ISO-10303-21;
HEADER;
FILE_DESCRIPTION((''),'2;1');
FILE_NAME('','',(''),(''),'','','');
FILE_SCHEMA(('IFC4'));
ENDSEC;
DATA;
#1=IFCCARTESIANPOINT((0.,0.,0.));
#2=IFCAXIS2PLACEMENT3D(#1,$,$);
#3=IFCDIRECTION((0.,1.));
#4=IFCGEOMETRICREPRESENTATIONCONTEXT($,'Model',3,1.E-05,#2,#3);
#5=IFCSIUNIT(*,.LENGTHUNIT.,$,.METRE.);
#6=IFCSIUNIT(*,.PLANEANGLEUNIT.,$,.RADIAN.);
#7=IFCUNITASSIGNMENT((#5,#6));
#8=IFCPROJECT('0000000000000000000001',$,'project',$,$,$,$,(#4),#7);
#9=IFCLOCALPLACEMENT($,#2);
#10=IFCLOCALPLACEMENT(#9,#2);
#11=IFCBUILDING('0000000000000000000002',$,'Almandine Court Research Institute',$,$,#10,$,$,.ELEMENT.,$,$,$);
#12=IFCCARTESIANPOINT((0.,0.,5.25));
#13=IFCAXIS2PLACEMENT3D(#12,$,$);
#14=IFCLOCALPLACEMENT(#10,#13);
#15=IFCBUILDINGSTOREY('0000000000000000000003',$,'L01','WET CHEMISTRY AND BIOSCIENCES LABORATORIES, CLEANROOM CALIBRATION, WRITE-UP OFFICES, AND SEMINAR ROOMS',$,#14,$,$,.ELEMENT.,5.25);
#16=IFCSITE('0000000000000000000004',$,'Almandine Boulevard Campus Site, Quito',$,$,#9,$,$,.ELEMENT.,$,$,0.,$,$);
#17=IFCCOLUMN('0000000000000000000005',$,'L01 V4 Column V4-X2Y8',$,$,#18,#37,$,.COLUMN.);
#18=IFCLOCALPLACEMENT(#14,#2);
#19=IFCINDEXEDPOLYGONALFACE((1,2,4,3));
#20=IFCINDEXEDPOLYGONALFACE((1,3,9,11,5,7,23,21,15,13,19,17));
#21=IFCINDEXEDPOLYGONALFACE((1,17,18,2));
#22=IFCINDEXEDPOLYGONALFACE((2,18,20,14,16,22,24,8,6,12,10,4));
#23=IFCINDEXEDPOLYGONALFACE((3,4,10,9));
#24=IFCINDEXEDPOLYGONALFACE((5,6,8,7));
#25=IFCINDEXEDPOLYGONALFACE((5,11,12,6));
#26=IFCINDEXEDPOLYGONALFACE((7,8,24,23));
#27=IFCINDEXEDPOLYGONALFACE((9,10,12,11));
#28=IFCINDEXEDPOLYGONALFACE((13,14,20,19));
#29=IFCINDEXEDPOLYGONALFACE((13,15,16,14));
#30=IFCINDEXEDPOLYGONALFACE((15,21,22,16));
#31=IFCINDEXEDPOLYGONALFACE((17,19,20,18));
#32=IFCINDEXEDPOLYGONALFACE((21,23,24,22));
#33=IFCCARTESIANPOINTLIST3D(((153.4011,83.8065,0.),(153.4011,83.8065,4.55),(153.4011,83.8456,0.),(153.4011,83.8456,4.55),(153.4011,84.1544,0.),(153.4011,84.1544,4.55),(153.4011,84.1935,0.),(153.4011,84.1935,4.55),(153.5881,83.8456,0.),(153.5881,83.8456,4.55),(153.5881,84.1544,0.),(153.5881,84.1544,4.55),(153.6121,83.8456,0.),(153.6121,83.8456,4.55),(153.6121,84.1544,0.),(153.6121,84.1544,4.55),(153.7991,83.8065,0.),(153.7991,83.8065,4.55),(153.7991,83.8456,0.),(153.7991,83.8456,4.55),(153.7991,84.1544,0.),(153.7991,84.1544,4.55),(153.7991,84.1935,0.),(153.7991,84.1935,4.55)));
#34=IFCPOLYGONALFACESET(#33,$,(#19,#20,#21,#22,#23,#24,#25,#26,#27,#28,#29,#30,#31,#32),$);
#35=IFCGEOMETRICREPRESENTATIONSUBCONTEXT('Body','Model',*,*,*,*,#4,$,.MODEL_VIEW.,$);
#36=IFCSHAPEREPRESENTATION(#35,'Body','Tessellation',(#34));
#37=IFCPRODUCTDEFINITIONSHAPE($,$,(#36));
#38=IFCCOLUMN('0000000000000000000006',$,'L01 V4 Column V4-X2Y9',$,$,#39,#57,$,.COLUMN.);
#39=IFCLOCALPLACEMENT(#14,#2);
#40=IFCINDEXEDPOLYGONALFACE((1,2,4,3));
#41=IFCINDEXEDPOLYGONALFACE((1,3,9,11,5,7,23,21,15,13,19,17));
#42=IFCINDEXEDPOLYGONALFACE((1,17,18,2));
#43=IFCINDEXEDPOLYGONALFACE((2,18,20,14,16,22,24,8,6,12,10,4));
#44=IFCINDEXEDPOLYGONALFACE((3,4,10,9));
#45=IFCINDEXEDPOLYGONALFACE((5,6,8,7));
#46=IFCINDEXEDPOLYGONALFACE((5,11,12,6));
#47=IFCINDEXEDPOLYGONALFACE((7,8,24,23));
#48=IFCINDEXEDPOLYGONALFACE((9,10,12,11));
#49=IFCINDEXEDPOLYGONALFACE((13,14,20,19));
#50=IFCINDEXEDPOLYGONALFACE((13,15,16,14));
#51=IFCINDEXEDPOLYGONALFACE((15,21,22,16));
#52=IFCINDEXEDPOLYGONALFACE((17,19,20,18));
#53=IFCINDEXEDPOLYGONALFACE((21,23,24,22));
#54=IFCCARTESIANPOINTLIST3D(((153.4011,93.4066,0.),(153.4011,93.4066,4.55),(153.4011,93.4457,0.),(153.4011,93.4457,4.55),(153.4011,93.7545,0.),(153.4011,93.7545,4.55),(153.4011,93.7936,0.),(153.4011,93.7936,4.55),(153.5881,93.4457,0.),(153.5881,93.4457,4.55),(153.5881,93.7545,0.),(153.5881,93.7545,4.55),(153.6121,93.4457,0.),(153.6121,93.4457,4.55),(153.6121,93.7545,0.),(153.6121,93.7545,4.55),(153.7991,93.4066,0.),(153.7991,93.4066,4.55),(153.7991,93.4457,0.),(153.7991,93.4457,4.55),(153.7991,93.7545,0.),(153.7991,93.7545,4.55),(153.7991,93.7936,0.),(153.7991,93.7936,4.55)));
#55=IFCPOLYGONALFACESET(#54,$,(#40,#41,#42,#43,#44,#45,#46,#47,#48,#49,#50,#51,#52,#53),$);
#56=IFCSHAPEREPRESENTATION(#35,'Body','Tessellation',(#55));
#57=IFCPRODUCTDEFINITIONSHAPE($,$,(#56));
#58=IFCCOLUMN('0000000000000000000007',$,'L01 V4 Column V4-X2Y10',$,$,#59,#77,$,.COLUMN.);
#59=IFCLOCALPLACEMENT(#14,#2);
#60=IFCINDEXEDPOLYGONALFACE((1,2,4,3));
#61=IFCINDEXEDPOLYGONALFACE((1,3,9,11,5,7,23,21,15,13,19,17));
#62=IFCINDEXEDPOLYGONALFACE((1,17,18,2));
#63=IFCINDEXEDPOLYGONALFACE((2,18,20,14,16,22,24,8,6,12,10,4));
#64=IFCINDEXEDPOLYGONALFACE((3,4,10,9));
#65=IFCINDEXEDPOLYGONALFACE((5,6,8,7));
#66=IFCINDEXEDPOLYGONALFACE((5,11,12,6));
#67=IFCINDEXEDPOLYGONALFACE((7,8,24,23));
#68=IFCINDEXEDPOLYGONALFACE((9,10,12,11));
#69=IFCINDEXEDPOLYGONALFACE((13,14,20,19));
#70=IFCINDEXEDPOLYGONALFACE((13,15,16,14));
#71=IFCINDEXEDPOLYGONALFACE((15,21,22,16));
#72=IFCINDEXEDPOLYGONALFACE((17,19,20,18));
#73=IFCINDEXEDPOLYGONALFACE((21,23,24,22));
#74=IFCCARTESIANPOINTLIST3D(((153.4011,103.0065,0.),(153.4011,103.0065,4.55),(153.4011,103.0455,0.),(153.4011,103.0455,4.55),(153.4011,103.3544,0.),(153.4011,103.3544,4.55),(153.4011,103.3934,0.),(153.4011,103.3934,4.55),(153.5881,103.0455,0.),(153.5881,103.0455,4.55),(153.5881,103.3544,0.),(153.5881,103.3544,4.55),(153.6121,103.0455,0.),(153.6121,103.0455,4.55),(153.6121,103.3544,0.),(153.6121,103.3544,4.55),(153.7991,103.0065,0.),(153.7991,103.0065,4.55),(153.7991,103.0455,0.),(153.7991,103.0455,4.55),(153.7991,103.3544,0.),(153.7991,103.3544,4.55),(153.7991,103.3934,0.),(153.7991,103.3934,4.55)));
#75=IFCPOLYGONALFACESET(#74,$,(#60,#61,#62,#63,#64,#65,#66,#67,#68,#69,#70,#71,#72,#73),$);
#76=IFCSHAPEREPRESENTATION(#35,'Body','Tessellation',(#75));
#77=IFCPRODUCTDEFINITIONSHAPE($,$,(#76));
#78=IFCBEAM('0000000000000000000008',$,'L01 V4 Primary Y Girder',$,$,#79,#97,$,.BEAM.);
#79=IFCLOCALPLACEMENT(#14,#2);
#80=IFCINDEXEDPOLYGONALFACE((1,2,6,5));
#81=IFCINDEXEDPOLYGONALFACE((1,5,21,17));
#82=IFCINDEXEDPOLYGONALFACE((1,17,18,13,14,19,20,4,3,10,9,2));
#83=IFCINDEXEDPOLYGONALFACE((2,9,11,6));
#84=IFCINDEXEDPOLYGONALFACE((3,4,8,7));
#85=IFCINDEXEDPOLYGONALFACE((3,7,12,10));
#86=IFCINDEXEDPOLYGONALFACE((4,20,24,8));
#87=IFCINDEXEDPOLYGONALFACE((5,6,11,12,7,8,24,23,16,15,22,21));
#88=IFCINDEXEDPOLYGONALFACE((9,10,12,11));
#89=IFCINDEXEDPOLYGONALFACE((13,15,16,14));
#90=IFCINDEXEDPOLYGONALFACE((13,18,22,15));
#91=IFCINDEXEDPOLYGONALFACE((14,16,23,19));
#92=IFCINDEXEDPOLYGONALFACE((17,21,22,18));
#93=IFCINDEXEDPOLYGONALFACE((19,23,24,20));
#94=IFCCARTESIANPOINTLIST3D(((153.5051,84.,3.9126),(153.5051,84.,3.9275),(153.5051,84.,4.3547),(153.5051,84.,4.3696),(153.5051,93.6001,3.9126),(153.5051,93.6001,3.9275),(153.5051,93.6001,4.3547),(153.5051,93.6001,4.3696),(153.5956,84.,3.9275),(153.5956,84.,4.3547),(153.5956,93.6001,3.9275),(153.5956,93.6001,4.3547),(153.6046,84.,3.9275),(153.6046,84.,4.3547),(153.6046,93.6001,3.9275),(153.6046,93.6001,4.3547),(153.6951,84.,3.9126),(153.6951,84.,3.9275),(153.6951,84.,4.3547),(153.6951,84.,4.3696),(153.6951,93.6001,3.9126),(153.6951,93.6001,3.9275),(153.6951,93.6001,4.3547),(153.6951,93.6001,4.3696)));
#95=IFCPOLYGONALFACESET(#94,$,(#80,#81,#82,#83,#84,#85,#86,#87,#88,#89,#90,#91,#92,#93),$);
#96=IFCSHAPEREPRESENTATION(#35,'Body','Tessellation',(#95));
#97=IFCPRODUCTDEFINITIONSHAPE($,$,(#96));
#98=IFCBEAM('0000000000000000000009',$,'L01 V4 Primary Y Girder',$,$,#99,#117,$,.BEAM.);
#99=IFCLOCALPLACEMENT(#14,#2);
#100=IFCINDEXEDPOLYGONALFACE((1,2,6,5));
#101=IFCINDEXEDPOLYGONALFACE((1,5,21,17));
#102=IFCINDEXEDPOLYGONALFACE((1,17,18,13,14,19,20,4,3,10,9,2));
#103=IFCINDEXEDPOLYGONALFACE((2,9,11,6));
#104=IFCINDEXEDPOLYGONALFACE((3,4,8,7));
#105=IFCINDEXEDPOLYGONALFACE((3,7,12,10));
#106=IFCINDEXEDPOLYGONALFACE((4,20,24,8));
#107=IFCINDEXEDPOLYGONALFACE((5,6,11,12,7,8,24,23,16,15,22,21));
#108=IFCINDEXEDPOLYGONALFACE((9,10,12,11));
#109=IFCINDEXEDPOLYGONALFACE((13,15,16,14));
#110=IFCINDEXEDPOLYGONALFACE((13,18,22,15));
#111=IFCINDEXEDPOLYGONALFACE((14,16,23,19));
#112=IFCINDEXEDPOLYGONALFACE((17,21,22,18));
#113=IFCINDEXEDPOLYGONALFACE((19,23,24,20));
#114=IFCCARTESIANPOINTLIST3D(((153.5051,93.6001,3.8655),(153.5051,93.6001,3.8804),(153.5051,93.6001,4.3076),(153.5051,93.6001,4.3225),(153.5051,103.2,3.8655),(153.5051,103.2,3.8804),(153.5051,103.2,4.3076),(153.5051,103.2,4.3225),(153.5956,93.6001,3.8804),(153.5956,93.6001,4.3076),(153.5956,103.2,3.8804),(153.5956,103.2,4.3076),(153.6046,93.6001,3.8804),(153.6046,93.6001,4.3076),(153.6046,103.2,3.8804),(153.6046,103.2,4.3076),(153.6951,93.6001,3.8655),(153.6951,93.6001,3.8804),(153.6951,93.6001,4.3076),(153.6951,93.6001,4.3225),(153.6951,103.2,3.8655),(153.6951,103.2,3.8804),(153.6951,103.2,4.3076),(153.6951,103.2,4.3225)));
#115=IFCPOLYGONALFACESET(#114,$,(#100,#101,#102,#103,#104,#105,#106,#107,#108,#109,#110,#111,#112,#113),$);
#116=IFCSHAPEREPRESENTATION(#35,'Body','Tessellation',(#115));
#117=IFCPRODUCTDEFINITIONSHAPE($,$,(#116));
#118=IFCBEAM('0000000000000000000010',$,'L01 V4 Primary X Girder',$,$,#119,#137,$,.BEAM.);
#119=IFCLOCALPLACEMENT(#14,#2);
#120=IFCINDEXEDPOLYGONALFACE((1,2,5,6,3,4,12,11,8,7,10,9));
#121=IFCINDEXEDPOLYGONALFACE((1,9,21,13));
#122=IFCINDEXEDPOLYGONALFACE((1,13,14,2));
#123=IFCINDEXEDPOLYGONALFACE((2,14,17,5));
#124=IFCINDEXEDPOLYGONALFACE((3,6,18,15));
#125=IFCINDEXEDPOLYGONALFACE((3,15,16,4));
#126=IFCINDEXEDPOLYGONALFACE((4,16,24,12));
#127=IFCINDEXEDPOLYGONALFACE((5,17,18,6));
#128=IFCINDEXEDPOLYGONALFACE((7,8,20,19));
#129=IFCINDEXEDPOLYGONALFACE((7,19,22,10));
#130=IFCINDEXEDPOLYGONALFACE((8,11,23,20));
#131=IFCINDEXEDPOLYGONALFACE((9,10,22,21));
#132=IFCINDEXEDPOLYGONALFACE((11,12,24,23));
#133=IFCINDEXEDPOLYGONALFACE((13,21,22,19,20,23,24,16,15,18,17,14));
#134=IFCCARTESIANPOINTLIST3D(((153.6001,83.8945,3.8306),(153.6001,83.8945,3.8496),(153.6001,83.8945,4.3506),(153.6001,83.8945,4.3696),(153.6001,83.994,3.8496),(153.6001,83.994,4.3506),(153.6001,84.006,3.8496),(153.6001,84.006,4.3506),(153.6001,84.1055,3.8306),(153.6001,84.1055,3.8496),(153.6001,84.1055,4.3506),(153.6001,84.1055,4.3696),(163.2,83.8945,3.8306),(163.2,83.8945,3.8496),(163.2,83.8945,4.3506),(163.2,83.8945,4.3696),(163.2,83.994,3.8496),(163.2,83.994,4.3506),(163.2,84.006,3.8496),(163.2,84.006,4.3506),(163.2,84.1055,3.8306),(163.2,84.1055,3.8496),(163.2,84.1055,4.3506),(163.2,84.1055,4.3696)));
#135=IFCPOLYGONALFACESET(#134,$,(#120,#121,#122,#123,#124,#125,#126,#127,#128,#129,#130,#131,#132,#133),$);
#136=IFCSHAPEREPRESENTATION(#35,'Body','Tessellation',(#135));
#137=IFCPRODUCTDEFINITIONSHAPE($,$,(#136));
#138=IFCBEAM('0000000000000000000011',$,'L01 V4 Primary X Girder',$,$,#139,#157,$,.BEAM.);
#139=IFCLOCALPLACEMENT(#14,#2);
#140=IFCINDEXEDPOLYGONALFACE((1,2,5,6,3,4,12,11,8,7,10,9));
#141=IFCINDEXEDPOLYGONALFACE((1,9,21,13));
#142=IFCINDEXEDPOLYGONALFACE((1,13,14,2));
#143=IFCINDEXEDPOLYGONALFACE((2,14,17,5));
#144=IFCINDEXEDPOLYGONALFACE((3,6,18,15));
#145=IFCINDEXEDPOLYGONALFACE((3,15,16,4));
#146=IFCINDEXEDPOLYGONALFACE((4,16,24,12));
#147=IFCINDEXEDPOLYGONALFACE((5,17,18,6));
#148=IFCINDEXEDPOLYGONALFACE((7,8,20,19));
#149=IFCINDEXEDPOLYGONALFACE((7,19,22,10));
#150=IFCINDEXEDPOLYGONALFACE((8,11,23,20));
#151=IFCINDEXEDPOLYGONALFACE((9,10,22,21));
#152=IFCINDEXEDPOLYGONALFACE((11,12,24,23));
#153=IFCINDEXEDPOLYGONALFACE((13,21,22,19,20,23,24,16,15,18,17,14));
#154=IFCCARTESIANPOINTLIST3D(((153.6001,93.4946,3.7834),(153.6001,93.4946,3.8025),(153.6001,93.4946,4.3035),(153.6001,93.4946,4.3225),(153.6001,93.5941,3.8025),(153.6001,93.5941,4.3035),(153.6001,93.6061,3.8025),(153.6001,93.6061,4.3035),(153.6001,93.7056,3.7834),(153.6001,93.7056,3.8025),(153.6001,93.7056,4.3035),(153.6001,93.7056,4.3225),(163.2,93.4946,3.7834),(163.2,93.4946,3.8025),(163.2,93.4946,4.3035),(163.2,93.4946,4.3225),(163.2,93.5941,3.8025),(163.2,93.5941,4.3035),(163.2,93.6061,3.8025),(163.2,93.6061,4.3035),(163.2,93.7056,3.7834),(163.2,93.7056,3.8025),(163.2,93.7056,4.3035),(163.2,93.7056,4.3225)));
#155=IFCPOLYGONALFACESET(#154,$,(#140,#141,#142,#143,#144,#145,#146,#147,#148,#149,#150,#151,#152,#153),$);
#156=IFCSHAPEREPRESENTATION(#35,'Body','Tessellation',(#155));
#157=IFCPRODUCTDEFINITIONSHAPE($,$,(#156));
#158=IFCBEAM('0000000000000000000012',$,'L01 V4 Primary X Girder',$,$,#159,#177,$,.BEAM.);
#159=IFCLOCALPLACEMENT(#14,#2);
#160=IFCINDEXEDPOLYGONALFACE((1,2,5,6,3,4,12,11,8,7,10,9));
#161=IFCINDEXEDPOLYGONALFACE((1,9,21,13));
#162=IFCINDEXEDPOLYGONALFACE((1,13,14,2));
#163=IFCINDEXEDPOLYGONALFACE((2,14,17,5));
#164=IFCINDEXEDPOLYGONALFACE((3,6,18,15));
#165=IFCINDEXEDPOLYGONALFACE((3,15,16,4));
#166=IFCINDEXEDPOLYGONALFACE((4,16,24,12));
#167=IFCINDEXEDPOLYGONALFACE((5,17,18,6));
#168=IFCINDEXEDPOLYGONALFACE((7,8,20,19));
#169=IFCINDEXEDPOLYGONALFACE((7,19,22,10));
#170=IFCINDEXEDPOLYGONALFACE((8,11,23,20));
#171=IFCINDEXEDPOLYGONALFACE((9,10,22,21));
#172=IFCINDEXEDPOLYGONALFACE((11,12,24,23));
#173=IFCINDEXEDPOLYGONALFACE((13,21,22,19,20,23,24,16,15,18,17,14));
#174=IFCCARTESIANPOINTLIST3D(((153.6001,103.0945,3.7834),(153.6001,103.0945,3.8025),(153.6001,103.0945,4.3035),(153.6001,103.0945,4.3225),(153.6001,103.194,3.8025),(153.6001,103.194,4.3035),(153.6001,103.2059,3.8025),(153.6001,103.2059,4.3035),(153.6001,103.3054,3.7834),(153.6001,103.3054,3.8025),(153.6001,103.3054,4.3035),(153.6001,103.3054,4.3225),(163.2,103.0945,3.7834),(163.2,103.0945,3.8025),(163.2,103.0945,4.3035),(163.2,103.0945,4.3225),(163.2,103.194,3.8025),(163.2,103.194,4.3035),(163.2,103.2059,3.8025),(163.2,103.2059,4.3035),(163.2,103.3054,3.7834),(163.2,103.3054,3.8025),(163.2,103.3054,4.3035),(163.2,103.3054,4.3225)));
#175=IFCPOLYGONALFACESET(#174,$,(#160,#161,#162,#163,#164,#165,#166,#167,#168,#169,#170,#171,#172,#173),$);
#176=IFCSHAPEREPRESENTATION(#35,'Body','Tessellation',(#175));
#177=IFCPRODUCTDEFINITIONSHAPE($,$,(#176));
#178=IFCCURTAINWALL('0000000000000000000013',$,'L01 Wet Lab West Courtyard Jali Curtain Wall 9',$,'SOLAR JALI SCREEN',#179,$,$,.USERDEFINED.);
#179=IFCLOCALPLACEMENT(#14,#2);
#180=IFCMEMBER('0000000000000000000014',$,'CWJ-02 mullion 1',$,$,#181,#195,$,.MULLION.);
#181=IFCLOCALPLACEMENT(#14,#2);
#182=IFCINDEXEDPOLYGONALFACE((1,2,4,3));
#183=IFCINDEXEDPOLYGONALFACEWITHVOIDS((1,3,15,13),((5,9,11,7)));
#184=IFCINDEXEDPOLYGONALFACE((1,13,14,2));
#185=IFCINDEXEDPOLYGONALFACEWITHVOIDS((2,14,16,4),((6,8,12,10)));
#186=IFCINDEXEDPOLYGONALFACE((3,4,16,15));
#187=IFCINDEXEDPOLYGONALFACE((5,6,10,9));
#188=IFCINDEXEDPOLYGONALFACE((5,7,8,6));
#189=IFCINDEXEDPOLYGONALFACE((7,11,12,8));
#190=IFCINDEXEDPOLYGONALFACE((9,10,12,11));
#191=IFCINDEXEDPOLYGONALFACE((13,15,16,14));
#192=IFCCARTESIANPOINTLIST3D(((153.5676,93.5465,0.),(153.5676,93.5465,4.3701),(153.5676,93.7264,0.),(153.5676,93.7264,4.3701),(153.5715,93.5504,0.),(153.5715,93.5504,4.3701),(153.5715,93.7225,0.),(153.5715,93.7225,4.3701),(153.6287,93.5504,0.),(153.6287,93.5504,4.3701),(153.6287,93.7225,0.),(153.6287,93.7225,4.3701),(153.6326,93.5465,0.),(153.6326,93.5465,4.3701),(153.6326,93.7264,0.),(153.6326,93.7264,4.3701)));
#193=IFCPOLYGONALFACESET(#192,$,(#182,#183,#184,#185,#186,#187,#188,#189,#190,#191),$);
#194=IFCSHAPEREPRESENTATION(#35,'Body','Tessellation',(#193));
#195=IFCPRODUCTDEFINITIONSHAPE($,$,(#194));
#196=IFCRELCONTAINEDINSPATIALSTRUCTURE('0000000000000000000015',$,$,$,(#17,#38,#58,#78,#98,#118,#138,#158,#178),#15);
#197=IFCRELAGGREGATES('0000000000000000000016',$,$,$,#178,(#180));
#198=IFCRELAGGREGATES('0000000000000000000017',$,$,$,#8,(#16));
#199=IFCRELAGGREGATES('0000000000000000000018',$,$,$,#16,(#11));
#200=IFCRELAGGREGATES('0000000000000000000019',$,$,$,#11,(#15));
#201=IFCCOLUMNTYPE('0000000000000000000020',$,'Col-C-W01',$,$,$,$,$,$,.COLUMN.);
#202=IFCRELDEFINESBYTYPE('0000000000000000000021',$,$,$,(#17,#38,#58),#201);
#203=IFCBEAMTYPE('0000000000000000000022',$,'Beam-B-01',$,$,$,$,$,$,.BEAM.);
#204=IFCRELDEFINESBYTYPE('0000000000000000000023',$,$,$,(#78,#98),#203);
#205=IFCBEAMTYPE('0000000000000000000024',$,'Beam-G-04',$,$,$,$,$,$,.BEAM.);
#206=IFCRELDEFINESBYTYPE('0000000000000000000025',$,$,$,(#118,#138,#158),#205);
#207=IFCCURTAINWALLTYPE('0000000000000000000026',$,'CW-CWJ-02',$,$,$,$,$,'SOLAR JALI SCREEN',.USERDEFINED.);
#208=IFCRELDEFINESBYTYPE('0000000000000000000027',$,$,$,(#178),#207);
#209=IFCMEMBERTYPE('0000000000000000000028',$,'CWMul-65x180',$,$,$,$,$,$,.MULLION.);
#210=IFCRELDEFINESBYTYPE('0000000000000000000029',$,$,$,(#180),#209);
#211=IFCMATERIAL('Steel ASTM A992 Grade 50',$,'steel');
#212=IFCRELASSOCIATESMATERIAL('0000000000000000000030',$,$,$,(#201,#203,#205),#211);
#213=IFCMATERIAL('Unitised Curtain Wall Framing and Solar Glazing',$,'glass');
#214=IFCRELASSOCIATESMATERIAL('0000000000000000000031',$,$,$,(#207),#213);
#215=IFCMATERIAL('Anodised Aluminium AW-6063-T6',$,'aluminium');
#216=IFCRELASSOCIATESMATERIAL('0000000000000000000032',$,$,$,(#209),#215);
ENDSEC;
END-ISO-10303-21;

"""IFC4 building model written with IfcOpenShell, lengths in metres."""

from ifc_helpers import new_model, si_unit, direction, frame, origin, origin_2d, place, context, subcontext, project, spatial, hollow_rectangle, i_section, extrude, material, material_profile, profile_set, type_object, element, aggregate, save


model = new_model("IFC4")

# Units and contexts
model_context = context("Model", 3, precision=1e-05, world=origin(), true_north=direction((0.0, 1.0)))
body_context = subcontext(model_context, "Body", "Model", "MODEL_VIEW")
ifc_project = project(units=[si_unit("LENGTHUNIT", "METRE"), si_unit("PLANEANGLEUNIT", "RADIAN")], contexts=[model_context])

# Site, building, storey
site_placement = place(None, origin())
site = spatial("IfcSite", under=ifc_project, at=site_placement, Name="Almandine Boulevard Campus Site, Quito", CompositionType="ELEMENT", RefElevation=0.0)
building_placement = place(site_placement, origin())
building = spatial("IfcBuilding", under=site, at=building_placement, Name="Almandine Court Research Institute", CompositionType="ELEMENT")
storey_placement = place(building_placement, frame((0.0, 0.0, 5.25)))
storey = spatial("IfcBuildingStorey", under=building, at=storey_placement, Name="L01", Description="WET CHEMISTRY AND BIOSCIENCES LABORATORIES, CLEANROOM CALIBRATION, WRITE-UP OFFICES, AND SEMINAR ROOMS", CompositionType="ELEMENT", Elevation=5.25)

# Columns
ifc_material_1 = material(Name="Steel ASTM A992 Grade 50", Category="steel")
ifc_material_profile_1 = material_profile(ifc_material_1, i_section(OverallWidth=0.3979, OverallDepth=0.387, WebThickness=0.0239, FlangeThickness=0.0391, at=origin_2d()), Name="W360x262")
ifc_profile_set_1 = profile_set([ifc_material_profile_1], Name="Steel ASTM A992 Grade 50")
column_type = type_object("IfcColumnType", Name="Col-C-W01", PredefinedType="COLUMN", material=ifc_profile_set_1)
for number, where, z_axis, x_axis, name in (
    (1, (153.6001, 84.0, 0.0), (0.0, 0.0, 1.0), (1.0, 0.0, 0.0), "L01 V4 Column V4-X2Y8"),
    (2, (153.6001, 93.6001, 0.0), (0.0, 0.0, 1.0), (1.0, 0.0, 0.0), "L01 V4 Column V4-X2Y9"),
    (3, (153.6001, 103.2, 0.0), (0.0, 0.0, 1.0), (1.0, 0.0, 0.0), "L01 V4 Column V4-X2Y10"),
):
    element("IfcColumn", number, at=place(storey_placement, frame(where, z_axis=z_axis, x_axis=x_axis)), inside=storey, type_object=column_type, Name=name, PredefinedType="COLUMN", context=body_context, shape_type="SweptSolid", body=[
        extrude(i_section(OverallWidth=0.3979, OverallDepth=0.387, WebThickness=0.0239, FlangeThickness=0.0391, at=origin_2d()), origin(), (0.0, 0.0, 1.0), 4.55),
    ])

# Beams
ifc_material_profile_2 = material_profile(ifc_material_1, i_section(OverallWidth=0.1899, OverallDepth=0.457, WebThickness=0.009, FlangeThickness=0.0149, at=origin_2d()), Name="W460x74")
ifc_profile_set_2 = profile_set([ifc_material_profile_2], Name="Steel ASTM A992 Grade 50")
beam_type_1 = type_object("IfcBeamType", Name="Beam-B-01", PredefinedType="BEAM", material=ifc_profile_set_2)
beam_1_placement = place(storey_placement, frame((153.6001, 84.0, 4.1411), z_axis=(0.0, 1.0, 0.0), x_axis=(-1.0, 0.0, 0.0)))
element("IfcBeam", 4, at=beam_1_placement, inside=storey, type_object=beam_type_1, Name="L01 V4 Primary Y Girder", PredefinedType="BEAM", context=body_context, shape_type="SweptSolid", body=[
    extrude(i_section(OverallWidth=0.1899, OverallDepth=0.457, WebThickness=0.009, FlangeThickness=0.0149, at=origin_2d()), origin(), (0.0, 0.0, 1.0), 9.6001),
])
beam_2_placement = place(storey_placement, frame((153.6001, 93.6001, 4.094), z_axis=(0.0, 1.0, 0.0), x_axis=(-1.0, 0.0, 0.0)))
element("IfcBeam", 5, at=beam_2_placement, inside=storey, type_object=beam_type_1, Name="L01 V4 Primary Y Girder", PredefinedType="BEAM", context=body_context, shape_type="SweptSolid", body=[
    extrude(i_section(OverallWidth=0.1899, OverallDepth=0.457, WebThickness=0.009, FlangeThickness=0.0149, at=origin_2d()), origin(), (0.0, 0.0, 1.0), 9.5999),
])
ifc_material_profile_3 = material_profile(ifc_material_1, i_section(OverallWidth=0.2109, OverallDepth=0.5391, WebThickness=0.012, FlangeThickness=0.019, at=origin_2d()), Name="W530x109")
ifc_profile_set_3 = profile_set([ifc_material_profile_3], Name="Steel ASTM A992 Grade 50")
beam_type_2 = type_object("IfcBeamType", Name="Beam-G-04", PredefinedType="BEAM", material=ifc_profile_set_3)
for number, where, z_axis, x_axis, name in (
    (6, (153.6001, 84.0, 4.1001), (1.0, 0.0, 0.0), (0.0, 1.0, 0.0), "L01 V4 Primary X Girder"),
    (7, (153.6001, 93.6001, 4.053), (1.0, 0.0, 0.0), (0.0, 1.0, 0.0), "L01 V4 Primary X Girder"),
    (8, (153.6001, 103.2, 4.053), (1.0, 0.0, 0.0), (0.0, 1.0, 0.0), "L01 V4 Primary X Girder"),
):
    element("IfcBeam", number, at=place(storey_placement, frame(where, z_axis=z_axis, x_axis=x_axis)), inside=storey, type_object=beam_type_2, Name=name, PredefinedType="BEAM", context=body_context, shape_type="SweptSolid", body=[
        extrude(i_section(OverallWidth=0.2109, OverallDepth=0.5391, WebThickness=0.012, FlangeThickness=0.019, at=origin_2d()), origin(), (0.0, 0.0, 1.0), 9.5999),
    ])

# Curtain wall, member
ifc_material_2 = material(Name="Unitised Curtain Wall Framing and Solar Glazing", Category="glass")
curtain_wall_type_1 = type_object("IfcCurtainWallType", Name="CW-CWJ-02", ElementType="SOLAR JALI SCREEN", PredefinedType="USERDEFINED", material=ifc_material_2)
curtain_wall_1_placement = place(storey_placement, origin())
curtain_wall_1 = element("IfcCurtainWall", 9, at=curtain_wall_1_placement, inside=storey, type_object=curtain_wall_type_1, Name="L01 Wet Lab West Courtyard Jali Curtain Wall 9", ObjectType="SOLAR JALI SCREEN", PredefinedType="USERDEFINED")
ifc_material_3 = material(Name="Anodised Aluminium AW-6063-T6", Category="aluminium")
ifc_material_profile_4 = material_profile(ifc_material_3, hollow_rectangle(XDim=0.0649, YDim=0.1799, WallThickness=0.0039, at=origin_2d()), Name="ALU RHS 65x180x4")
ifc_profile_set_4 = profile_set([ifc_material_profile_4], Name="Anodised Aluminium AW-6063-T6")
member_type_1 = type_object("IfcMemberType", Name="CWMul-65x180", PredefinedType="MULLION", material=ifc_profile_set_4)
member_1_placement = place(storey_placement, frame((153.6001, 93.6365, 0.0), z_axis=(0.0, 0.0, 1.0), x_axis=(-1.0, 0.0, 0.0)))
member_1 = element("IfcMember", 10, at=member_1_placement, type_object=member_type_1, Name="CWJ-02 mullion 1", PredefinedType="MULLION", context=body_context, shape_type="SweptSolid", body=[
    extrude(hollow_rectangle(XDim=0.0649, YDim=0.1799, WallThickness=0.0039, at=origin_2d()), origin(), (0.0, 0.0, 1.0), 4.3701),
])
aggregate(curtain_wall_1, [member_1])

save(model, "model.ifc")
